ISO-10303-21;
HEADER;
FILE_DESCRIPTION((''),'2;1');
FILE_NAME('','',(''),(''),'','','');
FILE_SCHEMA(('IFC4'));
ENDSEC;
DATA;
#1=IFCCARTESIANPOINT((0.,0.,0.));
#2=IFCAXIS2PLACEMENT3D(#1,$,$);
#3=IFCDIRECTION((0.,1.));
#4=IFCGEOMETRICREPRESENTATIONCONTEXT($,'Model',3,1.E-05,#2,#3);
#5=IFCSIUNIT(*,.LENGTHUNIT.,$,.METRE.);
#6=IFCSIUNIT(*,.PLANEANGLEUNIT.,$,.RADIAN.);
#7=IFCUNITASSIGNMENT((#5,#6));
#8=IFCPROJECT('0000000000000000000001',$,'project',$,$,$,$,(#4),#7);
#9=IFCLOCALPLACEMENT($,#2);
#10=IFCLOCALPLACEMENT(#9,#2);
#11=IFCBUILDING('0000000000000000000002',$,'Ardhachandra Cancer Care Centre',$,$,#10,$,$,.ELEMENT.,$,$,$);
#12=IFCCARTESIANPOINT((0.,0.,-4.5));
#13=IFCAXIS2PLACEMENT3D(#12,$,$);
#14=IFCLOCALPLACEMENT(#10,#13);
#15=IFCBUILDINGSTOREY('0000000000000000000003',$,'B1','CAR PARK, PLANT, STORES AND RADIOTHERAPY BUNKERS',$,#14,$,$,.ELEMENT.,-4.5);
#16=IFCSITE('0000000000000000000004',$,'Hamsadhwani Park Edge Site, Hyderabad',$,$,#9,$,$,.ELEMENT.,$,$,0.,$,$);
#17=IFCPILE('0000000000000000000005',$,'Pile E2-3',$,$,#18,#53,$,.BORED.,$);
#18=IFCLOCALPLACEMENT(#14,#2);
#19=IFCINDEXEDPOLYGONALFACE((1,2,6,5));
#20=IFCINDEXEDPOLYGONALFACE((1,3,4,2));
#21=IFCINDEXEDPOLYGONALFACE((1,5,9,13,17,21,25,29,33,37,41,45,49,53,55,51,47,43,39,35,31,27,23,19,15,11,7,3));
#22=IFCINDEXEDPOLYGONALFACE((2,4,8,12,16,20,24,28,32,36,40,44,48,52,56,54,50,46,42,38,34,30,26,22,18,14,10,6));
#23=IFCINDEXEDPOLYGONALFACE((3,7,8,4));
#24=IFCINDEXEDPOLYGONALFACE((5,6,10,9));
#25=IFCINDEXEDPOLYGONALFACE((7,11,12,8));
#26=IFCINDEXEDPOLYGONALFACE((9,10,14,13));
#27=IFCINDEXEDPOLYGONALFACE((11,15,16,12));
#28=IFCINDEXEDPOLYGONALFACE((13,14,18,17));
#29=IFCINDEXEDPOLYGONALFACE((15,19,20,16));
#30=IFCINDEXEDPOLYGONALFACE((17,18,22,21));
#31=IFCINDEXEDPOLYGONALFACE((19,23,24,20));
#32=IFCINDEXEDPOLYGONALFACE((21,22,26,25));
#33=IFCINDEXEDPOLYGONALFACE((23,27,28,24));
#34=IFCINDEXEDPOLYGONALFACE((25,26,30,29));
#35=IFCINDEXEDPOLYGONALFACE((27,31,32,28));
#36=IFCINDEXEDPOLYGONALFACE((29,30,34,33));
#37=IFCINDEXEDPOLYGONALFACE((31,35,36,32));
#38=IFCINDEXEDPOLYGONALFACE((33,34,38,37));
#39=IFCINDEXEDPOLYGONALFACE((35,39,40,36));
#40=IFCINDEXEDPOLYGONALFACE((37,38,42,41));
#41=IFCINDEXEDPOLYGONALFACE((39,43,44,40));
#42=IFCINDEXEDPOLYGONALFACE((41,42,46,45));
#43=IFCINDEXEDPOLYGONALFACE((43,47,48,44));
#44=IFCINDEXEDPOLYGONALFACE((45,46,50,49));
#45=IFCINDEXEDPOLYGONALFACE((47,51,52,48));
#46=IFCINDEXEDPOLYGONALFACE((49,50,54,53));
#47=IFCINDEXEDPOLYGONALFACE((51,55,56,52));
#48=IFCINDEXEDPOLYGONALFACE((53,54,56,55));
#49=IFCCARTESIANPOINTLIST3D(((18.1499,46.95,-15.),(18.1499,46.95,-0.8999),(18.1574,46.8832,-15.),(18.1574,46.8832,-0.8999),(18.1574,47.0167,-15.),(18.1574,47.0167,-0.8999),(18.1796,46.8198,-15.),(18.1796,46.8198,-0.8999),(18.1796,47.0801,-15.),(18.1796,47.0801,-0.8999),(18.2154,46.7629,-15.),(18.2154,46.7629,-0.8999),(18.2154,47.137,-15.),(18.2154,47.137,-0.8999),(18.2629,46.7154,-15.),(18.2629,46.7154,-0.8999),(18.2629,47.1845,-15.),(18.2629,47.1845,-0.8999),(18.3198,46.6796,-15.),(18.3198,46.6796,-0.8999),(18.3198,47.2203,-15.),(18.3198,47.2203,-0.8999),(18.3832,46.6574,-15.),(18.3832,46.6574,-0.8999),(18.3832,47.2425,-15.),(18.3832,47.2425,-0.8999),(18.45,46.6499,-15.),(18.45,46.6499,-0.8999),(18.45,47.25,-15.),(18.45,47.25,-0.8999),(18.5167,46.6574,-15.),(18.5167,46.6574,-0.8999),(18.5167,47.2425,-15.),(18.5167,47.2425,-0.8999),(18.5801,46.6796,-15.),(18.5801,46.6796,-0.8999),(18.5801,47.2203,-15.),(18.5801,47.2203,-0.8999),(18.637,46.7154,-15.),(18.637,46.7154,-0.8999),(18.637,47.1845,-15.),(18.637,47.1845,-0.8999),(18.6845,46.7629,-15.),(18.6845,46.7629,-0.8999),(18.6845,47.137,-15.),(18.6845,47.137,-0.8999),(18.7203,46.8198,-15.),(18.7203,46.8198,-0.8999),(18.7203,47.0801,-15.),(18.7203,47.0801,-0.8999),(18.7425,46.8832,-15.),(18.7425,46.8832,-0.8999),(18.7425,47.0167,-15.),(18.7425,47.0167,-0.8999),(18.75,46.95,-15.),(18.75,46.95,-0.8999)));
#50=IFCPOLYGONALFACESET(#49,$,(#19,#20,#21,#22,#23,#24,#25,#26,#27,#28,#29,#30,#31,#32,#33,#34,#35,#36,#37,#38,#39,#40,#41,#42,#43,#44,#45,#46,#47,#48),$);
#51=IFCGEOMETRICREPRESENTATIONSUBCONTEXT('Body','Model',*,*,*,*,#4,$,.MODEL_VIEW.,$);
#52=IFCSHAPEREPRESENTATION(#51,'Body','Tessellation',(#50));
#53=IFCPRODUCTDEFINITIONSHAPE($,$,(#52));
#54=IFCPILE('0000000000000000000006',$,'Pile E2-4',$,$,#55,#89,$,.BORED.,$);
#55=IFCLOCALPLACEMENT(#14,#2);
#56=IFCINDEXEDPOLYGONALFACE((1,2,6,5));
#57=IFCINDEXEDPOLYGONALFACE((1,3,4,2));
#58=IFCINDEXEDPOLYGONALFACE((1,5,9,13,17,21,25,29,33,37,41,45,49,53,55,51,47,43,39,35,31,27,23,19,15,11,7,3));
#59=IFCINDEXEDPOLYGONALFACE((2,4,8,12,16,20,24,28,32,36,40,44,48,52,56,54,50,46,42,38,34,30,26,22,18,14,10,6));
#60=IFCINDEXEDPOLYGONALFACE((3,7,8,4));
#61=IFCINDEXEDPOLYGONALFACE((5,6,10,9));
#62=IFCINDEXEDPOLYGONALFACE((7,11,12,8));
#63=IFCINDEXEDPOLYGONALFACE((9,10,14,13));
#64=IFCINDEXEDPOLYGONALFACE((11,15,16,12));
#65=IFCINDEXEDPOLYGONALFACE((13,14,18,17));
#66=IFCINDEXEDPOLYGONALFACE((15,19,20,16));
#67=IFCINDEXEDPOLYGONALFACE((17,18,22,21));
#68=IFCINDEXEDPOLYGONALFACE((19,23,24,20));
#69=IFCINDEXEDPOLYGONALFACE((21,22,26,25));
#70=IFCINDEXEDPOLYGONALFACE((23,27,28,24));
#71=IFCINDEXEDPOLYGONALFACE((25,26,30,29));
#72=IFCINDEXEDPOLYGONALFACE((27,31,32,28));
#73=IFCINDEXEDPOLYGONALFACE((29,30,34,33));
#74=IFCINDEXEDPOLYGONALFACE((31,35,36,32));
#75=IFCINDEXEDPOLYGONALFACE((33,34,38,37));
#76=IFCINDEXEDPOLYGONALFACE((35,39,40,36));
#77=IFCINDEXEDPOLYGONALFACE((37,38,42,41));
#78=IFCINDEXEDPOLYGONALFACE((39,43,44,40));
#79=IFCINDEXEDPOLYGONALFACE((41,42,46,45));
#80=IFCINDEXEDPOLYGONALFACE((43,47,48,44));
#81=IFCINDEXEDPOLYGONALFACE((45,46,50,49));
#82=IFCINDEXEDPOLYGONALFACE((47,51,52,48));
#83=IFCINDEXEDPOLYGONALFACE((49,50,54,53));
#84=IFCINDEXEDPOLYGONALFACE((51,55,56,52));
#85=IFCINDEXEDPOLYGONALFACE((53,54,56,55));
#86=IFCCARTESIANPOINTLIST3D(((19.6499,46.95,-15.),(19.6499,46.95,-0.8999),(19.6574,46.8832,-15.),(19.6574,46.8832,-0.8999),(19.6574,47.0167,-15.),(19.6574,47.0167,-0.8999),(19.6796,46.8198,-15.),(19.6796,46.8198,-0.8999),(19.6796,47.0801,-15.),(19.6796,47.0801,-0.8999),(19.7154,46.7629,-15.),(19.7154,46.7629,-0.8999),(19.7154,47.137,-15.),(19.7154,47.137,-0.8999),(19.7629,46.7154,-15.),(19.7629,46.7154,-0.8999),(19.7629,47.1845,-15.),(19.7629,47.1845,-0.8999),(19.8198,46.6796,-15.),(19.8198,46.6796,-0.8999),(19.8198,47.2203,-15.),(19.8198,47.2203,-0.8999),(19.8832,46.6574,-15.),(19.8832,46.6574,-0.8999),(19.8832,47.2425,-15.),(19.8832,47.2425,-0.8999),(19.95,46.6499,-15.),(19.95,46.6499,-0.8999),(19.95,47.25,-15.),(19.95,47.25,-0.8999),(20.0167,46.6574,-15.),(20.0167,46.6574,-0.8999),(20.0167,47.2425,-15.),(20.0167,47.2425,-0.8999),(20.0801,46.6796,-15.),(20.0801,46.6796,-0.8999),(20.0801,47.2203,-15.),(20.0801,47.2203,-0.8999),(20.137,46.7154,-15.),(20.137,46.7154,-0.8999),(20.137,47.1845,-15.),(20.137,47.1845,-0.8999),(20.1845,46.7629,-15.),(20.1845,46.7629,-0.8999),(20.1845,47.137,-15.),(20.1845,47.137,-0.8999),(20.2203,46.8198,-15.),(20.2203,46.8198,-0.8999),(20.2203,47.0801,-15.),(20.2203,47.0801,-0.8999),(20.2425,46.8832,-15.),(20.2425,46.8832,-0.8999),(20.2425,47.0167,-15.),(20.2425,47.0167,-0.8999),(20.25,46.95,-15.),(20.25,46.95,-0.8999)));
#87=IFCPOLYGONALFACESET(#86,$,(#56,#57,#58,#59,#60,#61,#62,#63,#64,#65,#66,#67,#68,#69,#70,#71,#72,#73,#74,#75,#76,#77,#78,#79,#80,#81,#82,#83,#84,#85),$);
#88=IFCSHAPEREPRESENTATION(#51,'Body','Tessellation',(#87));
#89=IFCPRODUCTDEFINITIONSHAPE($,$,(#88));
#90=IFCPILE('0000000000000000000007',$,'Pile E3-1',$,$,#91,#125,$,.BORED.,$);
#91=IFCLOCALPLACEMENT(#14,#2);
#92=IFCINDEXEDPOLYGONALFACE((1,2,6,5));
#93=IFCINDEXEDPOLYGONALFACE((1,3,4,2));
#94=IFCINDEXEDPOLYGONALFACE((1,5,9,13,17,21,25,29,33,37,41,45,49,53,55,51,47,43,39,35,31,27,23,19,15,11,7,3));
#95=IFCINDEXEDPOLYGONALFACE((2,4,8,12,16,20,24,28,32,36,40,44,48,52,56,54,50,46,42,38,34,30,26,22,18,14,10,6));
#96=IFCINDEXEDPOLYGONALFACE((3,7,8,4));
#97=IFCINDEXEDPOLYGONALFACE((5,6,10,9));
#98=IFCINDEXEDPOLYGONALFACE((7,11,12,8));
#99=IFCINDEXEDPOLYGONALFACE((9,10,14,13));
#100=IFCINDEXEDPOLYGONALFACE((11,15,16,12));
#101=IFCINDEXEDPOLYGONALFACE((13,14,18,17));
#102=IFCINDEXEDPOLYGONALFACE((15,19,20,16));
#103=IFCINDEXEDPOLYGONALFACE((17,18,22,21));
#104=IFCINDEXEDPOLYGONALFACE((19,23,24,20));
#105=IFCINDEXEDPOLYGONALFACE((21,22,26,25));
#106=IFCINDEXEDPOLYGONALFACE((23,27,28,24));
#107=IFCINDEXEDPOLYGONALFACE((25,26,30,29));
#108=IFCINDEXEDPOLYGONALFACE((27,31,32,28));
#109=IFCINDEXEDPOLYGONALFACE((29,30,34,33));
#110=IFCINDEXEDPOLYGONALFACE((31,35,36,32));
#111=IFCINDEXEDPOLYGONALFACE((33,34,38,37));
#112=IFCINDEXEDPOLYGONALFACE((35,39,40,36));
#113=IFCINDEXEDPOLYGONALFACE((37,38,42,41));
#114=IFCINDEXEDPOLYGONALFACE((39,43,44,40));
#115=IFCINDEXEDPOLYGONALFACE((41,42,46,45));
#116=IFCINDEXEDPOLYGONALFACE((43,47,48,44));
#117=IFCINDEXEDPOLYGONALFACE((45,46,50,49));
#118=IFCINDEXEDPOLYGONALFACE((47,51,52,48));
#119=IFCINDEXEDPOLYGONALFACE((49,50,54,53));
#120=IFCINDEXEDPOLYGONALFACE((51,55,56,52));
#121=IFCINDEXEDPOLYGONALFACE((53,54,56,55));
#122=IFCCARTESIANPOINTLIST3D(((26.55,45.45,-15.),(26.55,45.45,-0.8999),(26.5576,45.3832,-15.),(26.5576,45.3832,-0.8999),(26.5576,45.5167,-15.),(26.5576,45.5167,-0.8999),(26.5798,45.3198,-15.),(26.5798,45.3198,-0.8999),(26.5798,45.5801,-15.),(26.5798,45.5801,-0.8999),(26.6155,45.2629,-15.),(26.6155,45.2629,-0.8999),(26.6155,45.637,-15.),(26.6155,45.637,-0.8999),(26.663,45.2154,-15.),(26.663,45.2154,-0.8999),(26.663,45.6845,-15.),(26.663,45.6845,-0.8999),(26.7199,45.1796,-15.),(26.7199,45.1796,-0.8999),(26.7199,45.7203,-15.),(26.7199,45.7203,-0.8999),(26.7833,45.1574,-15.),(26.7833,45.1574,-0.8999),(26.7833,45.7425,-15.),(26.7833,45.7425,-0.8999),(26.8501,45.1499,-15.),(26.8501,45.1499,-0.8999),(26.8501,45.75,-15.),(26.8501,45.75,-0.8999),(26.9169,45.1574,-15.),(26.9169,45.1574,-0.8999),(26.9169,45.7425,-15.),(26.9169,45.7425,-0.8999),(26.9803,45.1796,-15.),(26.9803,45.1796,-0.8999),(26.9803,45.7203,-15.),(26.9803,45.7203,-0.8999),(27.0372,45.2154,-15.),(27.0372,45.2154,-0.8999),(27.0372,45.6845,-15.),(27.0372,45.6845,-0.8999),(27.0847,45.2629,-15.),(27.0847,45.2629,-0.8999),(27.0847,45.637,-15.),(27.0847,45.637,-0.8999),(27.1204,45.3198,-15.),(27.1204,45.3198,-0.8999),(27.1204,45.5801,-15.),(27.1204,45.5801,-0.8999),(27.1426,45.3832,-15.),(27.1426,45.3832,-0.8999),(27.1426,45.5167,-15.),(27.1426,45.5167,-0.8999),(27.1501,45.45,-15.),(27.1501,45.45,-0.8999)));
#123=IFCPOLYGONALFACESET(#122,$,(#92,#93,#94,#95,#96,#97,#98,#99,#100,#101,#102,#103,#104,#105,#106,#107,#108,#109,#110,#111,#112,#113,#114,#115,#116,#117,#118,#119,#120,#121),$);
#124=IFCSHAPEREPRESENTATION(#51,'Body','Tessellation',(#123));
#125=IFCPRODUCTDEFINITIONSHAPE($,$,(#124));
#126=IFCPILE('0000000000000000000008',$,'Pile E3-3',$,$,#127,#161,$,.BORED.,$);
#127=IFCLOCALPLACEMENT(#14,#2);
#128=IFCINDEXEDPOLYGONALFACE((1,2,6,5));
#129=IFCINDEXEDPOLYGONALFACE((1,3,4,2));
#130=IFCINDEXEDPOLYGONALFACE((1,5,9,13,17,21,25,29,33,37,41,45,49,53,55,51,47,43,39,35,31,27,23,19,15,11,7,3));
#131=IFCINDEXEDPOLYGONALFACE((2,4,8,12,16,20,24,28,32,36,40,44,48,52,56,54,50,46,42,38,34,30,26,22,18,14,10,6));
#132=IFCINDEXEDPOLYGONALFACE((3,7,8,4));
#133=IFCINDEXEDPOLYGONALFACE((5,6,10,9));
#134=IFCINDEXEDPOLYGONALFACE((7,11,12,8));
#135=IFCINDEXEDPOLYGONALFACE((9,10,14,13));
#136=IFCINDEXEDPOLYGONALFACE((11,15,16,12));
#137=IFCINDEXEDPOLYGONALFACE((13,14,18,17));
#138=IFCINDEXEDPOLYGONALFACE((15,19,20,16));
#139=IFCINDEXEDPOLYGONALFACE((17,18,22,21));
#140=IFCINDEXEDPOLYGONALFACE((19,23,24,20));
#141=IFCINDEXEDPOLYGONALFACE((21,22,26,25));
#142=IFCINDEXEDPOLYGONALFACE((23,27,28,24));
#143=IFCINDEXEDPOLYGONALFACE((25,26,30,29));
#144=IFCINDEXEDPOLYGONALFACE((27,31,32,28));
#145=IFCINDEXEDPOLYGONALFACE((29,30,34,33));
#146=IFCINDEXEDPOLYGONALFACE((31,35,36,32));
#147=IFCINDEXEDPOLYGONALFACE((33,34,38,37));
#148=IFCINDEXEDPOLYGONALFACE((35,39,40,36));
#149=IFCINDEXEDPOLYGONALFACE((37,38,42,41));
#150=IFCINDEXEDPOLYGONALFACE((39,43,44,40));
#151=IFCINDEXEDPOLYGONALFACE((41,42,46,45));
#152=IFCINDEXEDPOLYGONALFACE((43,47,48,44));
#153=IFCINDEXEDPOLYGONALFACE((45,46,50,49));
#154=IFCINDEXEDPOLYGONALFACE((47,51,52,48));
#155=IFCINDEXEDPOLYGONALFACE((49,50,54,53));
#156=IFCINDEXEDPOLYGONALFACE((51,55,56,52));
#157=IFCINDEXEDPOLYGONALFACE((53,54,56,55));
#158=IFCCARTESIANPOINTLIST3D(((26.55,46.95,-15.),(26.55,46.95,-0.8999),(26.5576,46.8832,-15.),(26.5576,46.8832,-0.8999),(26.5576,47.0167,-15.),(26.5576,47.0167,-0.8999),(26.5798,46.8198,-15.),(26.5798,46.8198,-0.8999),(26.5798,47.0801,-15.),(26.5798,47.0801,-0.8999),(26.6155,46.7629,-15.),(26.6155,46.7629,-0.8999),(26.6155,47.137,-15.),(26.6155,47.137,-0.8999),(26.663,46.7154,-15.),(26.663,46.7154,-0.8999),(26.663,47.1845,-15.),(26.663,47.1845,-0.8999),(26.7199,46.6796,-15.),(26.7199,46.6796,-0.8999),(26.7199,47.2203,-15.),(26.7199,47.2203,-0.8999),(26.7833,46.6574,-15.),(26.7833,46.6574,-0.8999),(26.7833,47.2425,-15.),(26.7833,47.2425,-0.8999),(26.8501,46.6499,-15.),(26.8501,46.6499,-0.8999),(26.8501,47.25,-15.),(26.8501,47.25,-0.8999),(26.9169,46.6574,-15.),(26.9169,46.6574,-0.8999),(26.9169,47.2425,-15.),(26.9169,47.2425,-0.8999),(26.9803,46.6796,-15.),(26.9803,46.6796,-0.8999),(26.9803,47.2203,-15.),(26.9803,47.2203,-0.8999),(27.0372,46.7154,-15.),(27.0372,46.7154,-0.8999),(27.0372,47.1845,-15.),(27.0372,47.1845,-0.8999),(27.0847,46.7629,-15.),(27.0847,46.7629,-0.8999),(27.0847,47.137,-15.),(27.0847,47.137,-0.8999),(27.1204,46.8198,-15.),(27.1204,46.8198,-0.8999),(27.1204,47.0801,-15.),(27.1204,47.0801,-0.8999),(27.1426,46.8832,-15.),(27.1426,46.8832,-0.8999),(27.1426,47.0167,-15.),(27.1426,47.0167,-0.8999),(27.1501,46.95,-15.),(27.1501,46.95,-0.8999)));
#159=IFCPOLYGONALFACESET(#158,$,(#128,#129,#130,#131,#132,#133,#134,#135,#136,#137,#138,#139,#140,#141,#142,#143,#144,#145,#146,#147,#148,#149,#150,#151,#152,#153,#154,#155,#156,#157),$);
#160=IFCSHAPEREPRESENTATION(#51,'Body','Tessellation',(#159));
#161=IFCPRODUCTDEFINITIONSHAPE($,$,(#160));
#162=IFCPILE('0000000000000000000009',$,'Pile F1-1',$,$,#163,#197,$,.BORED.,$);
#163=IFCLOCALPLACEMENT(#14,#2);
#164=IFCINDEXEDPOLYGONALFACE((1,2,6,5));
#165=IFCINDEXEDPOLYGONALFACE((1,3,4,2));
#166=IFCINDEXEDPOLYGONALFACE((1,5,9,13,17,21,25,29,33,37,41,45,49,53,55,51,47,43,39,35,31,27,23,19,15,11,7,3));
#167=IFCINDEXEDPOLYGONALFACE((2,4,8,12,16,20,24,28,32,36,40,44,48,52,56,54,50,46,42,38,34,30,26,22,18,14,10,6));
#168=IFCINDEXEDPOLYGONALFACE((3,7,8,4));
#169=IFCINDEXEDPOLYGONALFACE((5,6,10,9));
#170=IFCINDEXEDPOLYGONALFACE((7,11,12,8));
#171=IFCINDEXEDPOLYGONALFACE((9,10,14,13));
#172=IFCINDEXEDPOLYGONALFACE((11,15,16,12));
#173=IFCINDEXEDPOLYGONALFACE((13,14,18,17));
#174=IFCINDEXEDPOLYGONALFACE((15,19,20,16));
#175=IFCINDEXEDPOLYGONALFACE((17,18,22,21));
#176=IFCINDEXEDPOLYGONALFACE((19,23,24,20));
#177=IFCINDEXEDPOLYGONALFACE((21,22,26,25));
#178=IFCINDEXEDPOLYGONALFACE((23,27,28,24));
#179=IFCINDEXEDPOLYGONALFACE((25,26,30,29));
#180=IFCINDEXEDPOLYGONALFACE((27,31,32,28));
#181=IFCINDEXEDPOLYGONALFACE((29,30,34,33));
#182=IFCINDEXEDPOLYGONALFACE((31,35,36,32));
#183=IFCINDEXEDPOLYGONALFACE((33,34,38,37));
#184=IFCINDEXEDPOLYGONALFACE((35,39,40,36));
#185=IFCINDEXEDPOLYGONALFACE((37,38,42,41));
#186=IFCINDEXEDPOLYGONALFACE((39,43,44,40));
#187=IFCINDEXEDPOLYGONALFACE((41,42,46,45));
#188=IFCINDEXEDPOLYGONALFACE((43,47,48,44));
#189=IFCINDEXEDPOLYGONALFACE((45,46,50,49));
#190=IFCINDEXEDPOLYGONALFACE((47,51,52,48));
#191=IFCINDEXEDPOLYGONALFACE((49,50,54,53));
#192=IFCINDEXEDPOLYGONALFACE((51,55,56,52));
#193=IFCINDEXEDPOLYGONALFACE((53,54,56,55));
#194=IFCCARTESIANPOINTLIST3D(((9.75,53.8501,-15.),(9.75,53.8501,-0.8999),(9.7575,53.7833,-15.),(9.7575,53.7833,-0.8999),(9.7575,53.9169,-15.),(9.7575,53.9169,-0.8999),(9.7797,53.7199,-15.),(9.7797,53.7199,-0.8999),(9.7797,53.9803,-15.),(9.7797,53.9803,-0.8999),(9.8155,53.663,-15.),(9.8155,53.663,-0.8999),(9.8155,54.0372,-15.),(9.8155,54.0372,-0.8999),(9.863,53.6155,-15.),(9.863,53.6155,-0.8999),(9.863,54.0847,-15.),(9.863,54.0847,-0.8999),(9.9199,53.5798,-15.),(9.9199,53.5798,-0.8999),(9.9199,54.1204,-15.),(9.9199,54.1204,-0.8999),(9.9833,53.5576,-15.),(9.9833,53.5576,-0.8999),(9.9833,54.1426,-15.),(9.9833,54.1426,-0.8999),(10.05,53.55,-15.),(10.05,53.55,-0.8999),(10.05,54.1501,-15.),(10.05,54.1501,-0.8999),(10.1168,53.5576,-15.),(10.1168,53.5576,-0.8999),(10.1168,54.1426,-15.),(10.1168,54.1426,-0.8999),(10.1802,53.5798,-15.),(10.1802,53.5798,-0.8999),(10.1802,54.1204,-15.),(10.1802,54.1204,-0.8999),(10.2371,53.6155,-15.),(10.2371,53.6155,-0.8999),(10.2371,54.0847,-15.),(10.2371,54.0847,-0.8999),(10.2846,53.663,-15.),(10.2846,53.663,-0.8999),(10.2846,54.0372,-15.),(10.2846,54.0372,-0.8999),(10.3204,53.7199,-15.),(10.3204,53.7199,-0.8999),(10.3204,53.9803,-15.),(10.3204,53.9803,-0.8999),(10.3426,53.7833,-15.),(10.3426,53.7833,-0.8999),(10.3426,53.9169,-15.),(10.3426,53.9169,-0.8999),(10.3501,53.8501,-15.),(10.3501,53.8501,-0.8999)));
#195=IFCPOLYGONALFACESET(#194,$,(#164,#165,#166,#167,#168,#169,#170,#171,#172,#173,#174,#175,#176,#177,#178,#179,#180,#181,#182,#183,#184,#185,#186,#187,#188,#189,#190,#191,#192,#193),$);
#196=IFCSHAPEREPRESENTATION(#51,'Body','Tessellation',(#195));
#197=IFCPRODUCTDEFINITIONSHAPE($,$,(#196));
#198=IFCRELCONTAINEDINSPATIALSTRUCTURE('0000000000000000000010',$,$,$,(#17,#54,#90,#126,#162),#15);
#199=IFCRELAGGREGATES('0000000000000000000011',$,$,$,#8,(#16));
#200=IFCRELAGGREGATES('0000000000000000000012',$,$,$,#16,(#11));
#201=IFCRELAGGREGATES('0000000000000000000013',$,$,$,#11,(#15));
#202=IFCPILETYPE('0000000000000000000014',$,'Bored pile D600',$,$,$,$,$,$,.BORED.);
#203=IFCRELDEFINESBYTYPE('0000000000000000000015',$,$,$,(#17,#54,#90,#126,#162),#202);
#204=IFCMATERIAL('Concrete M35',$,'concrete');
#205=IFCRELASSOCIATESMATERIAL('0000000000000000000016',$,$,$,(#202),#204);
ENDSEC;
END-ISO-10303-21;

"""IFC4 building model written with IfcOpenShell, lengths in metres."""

from ifc_helpers import new_model, si_unit, direction, frame, origin, origin_2d, place, context, subcontext, project, spatial, circle, extrude, material, material_profile, profile_set, type_object, element, save


model = new_model("IFC4")

# Units and contexts
model_context = context("Model", 3, precision=1e-05, world=origin(), true_north=direction((0.0, 1.0)))
body_context = subcontext(model_context, "Body", "Model", "MODEL_VIEW")
ifc_project = project(units=[si_unit("LENGTHUNIT", "METRE"), si_unit("PLANEANGLEUNIT", "RADIAN")], contexts=[model_context])

# Site, building, storey
site_placement = place(None, origin())
site = spatial("IfcSite", under=ifc_project, at=site_placement, Name="Hamsadhwani Park Edge Site, Hyderabad", CompositionType="ELEMENT", RefElevation=0.0)
building_placement = place(site_placement, origin())
building = spatial("IfcBuilding", under=site, at=building_placement, Name="Ardhachandra Cancer Care Centre", CompositionType="ELEMENT")
storey_placement = place(building_placement, frame((0.0, 0.0, -4.5)))
storey = spatial("IfcBuildingStorey", under=building, at=storey_placement, Name="B1", Description="CAR PARK, PLANT, STORES AND RADIOTHERAPY BUNKERS", CompositionType="ELEMENT", Elevation=-4.5)

# Piles
ifc_material_1 = material(Name="Concrete M35", Category="concrete")
ifc_material_profile_1 = material_profile(ifc_material_1, circle(Radius=0.3, at=origin_2d()), Name="D600")
ifc_profile_set_1 = profile_set([ifc_material_profile_1], Name="Concrete M35")
pile_type = type_object("IfcPileType", Name="Bored pile D600", PredefinedType="BORED", material=ifc_profile_set_1)
for number, where, z_axis, x_axis, name in (
    (1, (18.45, 46.95, -0.8999), (0.0, 0.0, -1.0), (1.0, 0.0, 0.0), "Pile E2-3"),
    (2, (19.95, 46.95, -0.8999), (0.0, 0.0, -1.0), (1.0, 0.0, 0.0), "Pile E2-4"),
    (3, (26.8501, 45.45, -0.8999), (0.0, 0.0, -1.0), (1.0, 0.0, 0.0), "Pile E3-1"),
    (4, (26.8501, 46.95, -0.8999), (0.0, 0.0, -1.0), (1.0, 0.0, 0.0), "Pile E3-3"),
    (5, (10.05, 53.8501, -0.8999), (0.0, 0.0, -1.0), (1.0, 0.0, 0.0), "Pile F1-1"),
):
    element("IfcPile", number, at=place(storey_placement, frame(where, z_axis=z_axis, x_axis=x_axis)), inside=storey, type_object=pile_type, Name=name, PredefinedType="BORED", context=body_context, shape_type="SweptSolid", body=[
        extrude(circle(Radius=0.3, at=origin_2d()), origin(), (0.0, 0.0, 1.0), 14.1001),
    ])

save(model, "model.ifc")
